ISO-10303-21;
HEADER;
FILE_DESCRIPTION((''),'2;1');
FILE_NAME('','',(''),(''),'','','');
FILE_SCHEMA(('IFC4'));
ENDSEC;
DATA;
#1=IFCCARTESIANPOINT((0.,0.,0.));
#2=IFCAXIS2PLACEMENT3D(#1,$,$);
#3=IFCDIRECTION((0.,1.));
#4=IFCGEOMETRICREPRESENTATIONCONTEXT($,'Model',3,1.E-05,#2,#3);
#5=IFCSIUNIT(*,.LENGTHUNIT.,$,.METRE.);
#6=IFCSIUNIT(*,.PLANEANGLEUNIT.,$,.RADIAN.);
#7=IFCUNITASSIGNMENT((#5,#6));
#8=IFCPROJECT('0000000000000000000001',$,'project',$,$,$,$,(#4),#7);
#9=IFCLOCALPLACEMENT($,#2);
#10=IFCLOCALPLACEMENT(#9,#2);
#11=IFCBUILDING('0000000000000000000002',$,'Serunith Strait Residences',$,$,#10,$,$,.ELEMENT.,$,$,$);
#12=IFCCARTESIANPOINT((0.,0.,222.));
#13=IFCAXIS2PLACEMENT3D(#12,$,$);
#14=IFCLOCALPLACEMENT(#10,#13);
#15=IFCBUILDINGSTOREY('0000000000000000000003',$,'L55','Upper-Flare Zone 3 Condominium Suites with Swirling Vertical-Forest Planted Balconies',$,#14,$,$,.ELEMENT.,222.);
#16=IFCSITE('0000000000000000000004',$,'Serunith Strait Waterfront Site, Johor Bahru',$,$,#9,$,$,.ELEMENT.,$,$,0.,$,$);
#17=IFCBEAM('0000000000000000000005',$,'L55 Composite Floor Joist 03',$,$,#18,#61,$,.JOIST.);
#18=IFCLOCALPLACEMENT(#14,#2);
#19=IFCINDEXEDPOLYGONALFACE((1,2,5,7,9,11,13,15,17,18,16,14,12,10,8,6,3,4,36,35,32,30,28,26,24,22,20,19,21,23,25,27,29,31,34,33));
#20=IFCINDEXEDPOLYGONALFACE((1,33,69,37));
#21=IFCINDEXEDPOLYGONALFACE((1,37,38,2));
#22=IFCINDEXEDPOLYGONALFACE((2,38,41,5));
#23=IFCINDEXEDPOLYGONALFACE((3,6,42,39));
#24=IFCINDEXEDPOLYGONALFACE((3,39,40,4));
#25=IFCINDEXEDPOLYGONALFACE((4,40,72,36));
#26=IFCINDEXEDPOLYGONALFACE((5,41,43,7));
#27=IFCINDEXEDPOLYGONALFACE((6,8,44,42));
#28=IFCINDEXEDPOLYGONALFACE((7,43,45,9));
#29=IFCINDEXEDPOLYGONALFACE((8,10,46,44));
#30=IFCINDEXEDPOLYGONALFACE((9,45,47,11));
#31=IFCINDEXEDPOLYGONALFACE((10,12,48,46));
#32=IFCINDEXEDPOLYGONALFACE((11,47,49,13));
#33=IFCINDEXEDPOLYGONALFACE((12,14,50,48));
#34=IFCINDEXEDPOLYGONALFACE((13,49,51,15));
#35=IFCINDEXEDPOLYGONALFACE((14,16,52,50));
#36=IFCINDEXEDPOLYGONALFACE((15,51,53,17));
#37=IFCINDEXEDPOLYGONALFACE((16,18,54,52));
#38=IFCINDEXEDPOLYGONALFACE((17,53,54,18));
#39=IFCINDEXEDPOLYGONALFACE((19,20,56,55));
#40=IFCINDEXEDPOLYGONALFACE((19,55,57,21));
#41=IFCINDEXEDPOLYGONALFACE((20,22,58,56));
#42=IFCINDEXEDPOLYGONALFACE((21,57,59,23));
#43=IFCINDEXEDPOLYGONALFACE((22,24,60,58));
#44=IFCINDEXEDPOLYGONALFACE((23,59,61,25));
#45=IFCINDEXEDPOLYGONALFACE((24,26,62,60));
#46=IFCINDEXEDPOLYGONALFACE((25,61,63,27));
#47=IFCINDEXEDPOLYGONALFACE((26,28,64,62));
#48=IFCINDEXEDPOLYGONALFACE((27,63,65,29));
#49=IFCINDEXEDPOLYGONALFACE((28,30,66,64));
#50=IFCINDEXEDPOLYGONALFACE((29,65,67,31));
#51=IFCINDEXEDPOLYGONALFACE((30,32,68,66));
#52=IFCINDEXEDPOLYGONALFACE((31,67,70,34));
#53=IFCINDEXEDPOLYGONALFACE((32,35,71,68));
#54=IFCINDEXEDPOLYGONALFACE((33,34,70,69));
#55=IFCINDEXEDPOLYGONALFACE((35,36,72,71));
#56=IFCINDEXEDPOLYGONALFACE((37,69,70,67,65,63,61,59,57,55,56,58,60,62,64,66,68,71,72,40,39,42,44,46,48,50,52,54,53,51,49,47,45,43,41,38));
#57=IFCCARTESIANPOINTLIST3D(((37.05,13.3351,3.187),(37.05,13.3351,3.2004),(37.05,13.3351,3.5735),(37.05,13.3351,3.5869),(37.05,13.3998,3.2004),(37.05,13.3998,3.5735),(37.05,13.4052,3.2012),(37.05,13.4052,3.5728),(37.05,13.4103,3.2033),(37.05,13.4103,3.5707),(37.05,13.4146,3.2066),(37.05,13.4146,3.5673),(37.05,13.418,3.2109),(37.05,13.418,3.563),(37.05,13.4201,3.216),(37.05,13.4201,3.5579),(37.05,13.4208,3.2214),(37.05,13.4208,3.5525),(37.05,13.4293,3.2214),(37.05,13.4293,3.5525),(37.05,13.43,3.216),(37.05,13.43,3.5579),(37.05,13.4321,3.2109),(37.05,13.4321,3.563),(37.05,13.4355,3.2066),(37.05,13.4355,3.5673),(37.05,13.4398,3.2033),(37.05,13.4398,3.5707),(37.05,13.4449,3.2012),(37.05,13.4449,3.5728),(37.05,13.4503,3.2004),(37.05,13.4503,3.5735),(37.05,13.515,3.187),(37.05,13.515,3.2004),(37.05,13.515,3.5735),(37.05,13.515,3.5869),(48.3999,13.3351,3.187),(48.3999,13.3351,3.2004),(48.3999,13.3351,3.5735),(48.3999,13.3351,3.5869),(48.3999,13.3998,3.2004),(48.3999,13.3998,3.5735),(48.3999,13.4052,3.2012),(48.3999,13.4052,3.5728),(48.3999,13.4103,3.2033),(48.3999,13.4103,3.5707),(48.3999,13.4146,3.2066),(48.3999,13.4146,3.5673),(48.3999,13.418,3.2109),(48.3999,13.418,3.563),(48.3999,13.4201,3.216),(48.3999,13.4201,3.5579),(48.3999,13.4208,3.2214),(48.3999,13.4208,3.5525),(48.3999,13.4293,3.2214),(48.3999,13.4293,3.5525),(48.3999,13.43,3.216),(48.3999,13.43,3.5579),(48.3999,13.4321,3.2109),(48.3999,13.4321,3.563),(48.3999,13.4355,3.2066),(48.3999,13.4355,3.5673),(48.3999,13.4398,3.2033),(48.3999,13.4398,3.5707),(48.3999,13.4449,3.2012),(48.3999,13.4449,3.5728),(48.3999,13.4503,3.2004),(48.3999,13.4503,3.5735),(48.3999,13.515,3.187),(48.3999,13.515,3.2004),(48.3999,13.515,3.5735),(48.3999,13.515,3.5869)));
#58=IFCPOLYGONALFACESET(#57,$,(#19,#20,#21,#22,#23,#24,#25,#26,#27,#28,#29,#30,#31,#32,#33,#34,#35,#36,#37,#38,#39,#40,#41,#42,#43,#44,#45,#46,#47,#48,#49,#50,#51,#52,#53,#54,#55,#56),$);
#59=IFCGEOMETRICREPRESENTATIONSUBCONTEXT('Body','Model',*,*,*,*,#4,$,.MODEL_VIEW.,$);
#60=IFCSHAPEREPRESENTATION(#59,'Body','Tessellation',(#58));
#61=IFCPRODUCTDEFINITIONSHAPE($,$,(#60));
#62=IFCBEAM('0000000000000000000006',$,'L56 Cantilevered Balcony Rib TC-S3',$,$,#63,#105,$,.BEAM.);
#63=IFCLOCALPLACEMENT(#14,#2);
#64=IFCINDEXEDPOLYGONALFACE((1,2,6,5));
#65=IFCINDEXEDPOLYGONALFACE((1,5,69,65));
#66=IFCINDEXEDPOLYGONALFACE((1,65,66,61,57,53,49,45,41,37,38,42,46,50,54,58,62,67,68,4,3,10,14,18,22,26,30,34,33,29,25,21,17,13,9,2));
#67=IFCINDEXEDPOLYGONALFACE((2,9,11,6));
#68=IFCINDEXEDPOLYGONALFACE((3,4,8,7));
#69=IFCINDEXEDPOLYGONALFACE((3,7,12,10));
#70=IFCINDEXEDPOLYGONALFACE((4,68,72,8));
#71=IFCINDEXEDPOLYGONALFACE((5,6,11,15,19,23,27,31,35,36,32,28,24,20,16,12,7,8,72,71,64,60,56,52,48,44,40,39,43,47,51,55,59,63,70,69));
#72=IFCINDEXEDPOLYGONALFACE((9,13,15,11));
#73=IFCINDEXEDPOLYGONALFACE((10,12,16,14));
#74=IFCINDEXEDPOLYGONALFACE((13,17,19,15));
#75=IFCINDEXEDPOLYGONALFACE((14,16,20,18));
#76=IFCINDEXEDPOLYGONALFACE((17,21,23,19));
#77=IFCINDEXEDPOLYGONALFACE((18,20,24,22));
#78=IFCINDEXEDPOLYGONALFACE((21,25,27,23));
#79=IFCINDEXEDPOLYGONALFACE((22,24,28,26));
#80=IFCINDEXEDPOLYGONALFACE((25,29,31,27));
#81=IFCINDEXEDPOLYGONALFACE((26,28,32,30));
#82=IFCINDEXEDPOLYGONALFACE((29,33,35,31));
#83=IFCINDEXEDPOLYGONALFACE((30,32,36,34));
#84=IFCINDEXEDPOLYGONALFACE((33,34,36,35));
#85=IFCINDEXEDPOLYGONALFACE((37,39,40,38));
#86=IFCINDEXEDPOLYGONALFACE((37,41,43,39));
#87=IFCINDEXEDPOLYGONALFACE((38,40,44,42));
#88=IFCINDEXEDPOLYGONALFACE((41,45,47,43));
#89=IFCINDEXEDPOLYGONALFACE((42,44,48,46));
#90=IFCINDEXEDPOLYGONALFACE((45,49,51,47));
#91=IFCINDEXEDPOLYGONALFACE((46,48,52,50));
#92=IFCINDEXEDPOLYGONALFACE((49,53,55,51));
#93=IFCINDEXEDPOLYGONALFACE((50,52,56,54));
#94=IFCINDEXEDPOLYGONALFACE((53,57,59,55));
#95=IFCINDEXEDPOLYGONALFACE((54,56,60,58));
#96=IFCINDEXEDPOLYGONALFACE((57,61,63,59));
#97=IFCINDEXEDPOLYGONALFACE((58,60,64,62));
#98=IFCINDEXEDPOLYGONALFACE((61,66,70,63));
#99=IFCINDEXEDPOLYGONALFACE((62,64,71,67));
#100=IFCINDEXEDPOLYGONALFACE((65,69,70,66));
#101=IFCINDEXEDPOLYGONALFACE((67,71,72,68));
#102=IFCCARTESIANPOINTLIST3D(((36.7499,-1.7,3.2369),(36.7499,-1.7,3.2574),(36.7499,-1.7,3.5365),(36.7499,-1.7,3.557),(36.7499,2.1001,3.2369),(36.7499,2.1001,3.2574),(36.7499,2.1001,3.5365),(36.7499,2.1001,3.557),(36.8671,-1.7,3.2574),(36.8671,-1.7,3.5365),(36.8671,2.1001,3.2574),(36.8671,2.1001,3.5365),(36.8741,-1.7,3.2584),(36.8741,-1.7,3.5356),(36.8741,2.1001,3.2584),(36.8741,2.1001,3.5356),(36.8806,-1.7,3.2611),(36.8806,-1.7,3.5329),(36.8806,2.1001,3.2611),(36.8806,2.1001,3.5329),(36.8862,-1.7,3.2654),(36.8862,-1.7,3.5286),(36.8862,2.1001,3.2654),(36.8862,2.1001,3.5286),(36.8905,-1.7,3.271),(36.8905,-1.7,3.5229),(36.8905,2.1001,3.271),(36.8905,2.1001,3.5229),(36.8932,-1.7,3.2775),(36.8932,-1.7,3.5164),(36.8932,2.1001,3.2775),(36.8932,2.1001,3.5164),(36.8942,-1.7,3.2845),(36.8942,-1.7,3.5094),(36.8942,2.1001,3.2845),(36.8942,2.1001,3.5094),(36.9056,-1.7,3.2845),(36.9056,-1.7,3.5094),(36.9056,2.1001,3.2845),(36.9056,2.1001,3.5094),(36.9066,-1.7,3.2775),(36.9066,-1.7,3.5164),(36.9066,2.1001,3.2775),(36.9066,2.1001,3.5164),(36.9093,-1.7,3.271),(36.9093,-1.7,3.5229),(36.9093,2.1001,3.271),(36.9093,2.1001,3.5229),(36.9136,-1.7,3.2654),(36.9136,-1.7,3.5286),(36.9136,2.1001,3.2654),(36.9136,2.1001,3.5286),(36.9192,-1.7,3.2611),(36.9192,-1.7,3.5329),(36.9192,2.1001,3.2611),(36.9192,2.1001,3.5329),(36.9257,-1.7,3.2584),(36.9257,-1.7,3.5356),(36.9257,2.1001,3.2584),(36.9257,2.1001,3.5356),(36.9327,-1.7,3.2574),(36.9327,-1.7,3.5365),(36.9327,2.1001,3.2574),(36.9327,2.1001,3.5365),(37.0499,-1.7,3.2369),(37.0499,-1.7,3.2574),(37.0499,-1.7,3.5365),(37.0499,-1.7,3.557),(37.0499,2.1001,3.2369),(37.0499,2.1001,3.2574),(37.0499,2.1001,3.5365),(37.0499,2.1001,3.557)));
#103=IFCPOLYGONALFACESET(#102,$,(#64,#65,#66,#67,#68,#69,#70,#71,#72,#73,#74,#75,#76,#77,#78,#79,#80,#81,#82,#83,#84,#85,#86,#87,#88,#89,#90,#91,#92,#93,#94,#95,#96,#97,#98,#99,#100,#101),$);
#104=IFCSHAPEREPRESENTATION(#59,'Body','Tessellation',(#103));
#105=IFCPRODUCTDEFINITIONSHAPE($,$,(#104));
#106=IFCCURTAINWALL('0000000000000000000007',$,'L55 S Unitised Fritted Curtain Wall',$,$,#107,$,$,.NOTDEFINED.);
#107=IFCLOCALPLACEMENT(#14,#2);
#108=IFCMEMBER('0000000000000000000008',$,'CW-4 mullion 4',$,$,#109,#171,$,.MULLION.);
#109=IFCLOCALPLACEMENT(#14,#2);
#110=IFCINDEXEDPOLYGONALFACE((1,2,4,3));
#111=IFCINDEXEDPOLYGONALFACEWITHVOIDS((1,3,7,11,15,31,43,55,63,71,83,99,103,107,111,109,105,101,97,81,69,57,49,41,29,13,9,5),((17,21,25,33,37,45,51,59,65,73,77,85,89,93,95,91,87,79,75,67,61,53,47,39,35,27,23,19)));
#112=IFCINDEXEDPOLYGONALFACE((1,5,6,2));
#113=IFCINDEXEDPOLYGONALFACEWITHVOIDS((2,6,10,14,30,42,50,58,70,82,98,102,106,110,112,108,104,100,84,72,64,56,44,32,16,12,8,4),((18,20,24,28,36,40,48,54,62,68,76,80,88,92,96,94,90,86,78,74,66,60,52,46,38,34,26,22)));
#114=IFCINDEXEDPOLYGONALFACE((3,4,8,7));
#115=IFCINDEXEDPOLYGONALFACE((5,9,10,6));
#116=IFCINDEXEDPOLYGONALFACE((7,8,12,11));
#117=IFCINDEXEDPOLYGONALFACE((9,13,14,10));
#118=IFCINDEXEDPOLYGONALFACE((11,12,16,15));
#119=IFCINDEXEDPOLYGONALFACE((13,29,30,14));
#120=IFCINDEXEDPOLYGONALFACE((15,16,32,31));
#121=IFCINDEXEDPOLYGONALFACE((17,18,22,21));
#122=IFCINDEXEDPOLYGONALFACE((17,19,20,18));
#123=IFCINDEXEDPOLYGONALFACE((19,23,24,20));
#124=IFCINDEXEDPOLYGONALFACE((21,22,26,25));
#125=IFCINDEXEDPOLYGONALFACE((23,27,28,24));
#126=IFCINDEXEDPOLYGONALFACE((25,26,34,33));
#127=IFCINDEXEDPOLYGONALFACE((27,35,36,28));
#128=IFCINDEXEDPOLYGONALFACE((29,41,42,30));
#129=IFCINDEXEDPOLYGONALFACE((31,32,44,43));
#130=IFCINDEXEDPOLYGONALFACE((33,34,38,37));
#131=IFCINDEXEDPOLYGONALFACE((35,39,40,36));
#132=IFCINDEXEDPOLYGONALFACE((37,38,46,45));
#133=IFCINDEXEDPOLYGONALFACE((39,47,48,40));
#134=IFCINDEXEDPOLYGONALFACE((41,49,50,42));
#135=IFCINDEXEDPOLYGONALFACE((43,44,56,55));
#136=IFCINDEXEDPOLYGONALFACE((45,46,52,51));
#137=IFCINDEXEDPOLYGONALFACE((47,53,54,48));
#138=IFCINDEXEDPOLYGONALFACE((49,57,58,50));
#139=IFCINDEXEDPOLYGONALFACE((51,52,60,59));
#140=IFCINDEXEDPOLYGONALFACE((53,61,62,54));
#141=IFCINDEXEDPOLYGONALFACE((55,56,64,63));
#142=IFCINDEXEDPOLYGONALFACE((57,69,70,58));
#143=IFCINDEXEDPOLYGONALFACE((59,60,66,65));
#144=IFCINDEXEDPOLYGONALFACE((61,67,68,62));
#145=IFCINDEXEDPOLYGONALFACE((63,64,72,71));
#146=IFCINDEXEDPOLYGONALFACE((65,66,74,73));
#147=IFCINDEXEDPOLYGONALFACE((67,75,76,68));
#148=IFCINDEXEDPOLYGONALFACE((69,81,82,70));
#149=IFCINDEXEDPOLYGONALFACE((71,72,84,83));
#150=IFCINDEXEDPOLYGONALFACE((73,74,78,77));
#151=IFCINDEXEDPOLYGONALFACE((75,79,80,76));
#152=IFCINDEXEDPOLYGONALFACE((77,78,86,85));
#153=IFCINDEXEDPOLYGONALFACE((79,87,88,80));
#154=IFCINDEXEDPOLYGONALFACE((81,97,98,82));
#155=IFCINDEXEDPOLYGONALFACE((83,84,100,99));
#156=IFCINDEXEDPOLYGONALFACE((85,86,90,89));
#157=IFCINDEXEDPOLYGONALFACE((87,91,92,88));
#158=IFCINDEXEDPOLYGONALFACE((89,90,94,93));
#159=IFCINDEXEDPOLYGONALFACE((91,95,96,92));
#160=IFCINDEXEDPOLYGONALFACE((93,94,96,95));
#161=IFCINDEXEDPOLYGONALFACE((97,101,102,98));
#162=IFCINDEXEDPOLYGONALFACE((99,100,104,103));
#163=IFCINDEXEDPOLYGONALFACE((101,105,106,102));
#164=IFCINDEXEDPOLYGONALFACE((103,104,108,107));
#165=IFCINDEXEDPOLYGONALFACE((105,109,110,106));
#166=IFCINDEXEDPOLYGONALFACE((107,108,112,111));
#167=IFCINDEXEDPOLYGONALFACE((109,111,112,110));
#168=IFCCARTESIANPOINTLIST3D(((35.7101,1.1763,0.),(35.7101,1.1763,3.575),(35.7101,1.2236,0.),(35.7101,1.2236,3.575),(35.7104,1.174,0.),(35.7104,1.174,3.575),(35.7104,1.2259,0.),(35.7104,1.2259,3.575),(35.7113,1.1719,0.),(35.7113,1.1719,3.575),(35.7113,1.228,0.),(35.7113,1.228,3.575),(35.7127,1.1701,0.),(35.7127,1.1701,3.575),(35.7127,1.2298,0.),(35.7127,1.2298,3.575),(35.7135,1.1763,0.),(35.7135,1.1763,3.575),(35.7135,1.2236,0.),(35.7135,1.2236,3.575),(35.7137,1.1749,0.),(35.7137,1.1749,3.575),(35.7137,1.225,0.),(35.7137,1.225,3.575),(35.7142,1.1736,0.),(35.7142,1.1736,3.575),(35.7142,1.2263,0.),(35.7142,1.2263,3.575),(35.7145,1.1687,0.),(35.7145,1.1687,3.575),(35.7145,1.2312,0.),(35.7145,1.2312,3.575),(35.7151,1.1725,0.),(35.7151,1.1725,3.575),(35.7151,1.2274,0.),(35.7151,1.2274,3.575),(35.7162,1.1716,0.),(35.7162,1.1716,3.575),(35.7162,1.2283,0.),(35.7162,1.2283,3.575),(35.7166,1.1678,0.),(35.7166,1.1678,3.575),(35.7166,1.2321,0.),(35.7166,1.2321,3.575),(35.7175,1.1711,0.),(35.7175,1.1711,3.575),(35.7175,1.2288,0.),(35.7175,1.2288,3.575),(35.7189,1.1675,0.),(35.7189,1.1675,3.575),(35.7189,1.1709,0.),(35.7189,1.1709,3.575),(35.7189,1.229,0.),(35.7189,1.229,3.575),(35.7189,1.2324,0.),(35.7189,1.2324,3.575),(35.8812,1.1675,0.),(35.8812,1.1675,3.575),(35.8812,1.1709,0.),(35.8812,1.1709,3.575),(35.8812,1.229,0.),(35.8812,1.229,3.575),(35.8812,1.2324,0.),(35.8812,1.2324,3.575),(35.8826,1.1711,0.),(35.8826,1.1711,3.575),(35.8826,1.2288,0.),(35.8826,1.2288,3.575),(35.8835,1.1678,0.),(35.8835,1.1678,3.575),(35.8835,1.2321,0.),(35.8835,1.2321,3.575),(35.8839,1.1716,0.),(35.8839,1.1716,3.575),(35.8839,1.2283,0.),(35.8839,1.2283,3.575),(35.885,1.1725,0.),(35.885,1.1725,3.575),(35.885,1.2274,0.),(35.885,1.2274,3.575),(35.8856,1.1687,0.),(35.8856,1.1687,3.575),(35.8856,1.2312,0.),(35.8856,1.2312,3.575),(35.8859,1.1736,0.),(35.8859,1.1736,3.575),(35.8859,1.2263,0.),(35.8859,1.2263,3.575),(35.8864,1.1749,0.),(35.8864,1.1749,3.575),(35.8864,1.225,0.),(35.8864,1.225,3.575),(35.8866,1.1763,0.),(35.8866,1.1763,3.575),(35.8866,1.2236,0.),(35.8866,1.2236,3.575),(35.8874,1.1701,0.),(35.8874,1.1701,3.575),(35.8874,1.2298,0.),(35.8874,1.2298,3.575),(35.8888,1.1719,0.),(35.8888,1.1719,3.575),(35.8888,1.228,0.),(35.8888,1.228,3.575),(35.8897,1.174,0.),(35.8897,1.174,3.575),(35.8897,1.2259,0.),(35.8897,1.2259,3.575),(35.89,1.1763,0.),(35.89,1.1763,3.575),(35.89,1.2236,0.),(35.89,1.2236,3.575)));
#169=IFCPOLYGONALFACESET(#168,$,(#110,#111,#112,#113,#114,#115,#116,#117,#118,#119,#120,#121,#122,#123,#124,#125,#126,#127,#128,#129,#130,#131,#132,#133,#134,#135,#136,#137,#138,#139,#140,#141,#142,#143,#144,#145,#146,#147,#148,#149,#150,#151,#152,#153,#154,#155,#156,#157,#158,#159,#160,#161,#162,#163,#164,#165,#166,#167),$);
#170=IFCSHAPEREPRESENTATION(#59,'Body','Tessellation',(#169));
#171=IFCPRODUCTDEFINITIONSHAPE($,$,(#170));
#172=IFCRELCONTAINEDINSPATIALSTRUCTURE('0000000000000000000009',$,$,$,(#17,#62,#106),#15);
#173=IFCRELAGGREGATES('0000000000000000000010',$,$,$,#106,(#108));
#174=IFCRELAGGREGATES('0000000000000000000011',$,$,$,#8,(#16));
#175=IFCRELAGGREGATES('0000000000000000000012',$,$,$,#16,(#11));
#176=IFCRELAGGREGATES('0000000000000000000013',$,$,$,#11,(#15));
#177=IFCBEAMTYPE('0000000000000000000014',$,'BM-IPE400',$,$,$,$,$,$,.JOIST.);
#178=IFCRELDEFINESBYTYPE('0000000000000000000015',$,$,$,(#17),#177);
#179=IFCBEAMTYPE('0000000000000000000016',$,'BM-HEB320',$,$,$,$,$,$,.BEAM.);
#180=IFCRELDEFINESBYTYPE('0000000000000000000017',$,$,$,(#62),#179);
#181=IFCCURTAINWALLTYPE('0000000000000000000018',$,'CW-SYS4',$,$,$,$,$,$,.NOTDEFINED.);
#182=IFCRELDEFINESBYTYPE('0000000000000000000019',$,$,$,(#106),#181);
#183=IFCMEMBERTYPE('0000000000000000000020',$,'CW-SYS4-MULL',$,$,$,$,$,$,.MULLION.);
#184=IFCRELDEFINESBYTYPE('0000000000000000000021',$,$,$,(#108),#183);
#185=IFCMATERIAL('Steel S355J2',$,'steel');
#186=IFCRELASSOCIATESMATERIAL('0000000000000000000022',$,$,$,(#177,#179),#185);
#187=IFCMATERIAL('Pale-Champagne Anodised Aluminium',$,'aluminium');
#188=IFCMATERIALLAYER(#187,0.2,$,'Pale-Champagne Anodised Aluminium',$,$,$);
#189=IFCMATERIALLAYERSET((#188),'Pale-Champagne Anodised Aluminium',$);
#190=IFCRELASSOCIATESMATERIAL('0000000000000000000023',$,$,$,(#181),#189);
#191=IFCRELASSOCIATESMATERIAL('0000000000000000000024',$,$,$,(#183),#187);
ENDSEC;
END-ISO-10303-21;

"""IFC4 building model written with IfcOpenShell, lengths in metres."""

from ifc_helpers import new_model, si_unit, direction, frame, origin, origin_2d, place, context, subcontext, project, spatial, hollow_rectangle, i_section, extrude, source, transform, mapped, material, layer, layer_set, material_profile, profile_set, type_object, element, aggregate, save


model = new_model("IFC4")

# Units and contexts
model_context = context("Model", 3, precision=1e-05, world=origin(), true_north=direction((0.0, 1.0)))
body_context = subcontext(model_context, "Body", "Model", "MODEL_VIEW")
ifc_project = project(units=[si_unit("LENGTHUNIT", "METRE"), si_unit("PLANEANGLEUNIT", "RADIAN")], contexts=[model_context])

# Site, building, storey
site_placement = place(None, origin())
site = spatial("IfcSite", under=ifc_project, at=site_placement, Name="Serunith Strait Waterfront Site, Johor Bahru", CompositionType="ELEMENT", RefElevation=0.0)
building_placement = place(site_placement, origin())
building = spatial("IfcBuilding", under=site, at=building_placement, Name="Serunith Strait Residences", CompositionType="ELEMENT")
storey_placement = place(building_placement, frame((0.0, 0.0, 222.0)))
storey = spatial("IfcBuildingStorey", under=building, at=storey_placement, Name="L55", Description="Upper-Flare Zone 3 Condominium Suites with Swirling Vertical-Forest Planted Balconies", CompositionType="ELEMENT", Elevation=222.0)

# Beams
ifc_material_1 = material(Name="Steel S355J2", Category="steel")
ifc_material_profile_1 = material_profile(ifc_material_1, i_section(OverallWidth=0.1799, OverallDepth=0.3999, WebThickness=0.0085, FlangeThickness=0.0134, FilletRadius=0.021, at=origin_2d()), Name="IPE 400")
ifc_profile_set_1 = profile_set([ifc_material_profile_1], Name="Steel S355J2")
beam_type_1 = type_object("IfcBeamType", Name="BM-IPE400", PredefinedType="JOIST", material=ifc_profile_set_1)
shared_shape_1 = source(origin(), body_context, "Body", "SweptSolid", [
    extrude(i_section(OverallWidth=0.1799, OverallDepth=0.3999, WebThickness=0.0085, FlangeThickness=0.0134, FilletRadius=0.021, at=origin_2d()), origin(), (0.0, 0.0, 1.0), 11.3499),
])
beam_1_placement = place(storey_placement, frame((37.05, 13.425, 3.387), z_axis=(1.0, 0.0, 0.0), x_axis=(0.0, 1.0, 0.0)))
element("IfcBeam", 1, at=beam_1_placement, inside=storey, type_object=beam_type_1, Name="L55 Composite Floor Joist 03", PredefinedType="JOIST", context=body_context, shape_type="MappedRepresentation", body=[
    mapped(shared_shape_1, transform((0.0, 0.0, 0.0), scale=1.0)),
])
ifc_material_profile_2 = material_profile(ifc_material_1, i_section(OverallWidth=0.3, OverallDepth=0.3201, WebThickness=0.0115, FlangeThickness=0.0205, FilletRadius=0.0271, at=origin_2d()), Name="HEB 320")
ifc_profile_set_2 = profile_set([ifc_material_profile_2], Name="Steel S355J2")
beam_type_2 = type_object("IfcBeamType", Name="BM-HEB320", PredefinedType="BEAM", material=ifc_profile_set_2)
shared_shape_2 = source(origin(), body_context, "Body", "SweptSolid", [
    extrude(i_section(OverallWidth=0.3, OverallDepth=0.3201, WebThickness=0.0115, FlangeThickness=0.0205, FilletRadius=0.0271, at=origin_2d()), origin(), (0.0, 0.0, 1.0), 3.8),
])
beam_2_placement = place(storey_placement, frame((36.8999, 2.1001, 3.397), z_axis=(0.0, -1.0, 0.0), x_axis=(1.0, 0.0, 0.0)))
element("IfcBeam", 2, at=beam_2_placement, inside=storey, type_object=beam_type_2, Name="L56 Cantilevered Balcony Rib TC-S3", PredefinedType="BEAM", context=body_context, shape_type="MappedRepresentation", body=[
    mapped(shared_shape_2, transform((0.0, 0.0, 0.0), scale=1.0)),
])

# Curtain wall, member
ifc_material_2 = material(Name="Pale-Champagne Anodised Aluminium", Category="aluminium")
ifc_layer_1 = layer(ifc_material_2, 0.2, Name="Pale-Champagne Anodised Aluminium")
ifc_layer_set_1 = layer_set([ifc_layer_1], Name="Pale-Champagne Anodised Aluminium")
curtain_wall_type = type_object("IfcCurtainWallType", Name="CW-SYS4", PredefinedType="NOTDEFINED", material=ifc_layer_set_1)
curtain_wall_placement = place(storey_placement, origin())
curtain_wall = element("IfcCurtainWall", 3, at=curtain_wall_placement, inside=storey, type_object=curtain_wall_type, Name="L55 S Unitised Fritted Curtain Wall", PredefinedType="NOTDEFINED")
ifc_material_profile_3 = material_profile(ifc_material_2, hollow_rectangle(XDim=0.0649, YDim=0.1799, WallThickness=0.0034, InnerFilletRadius=0.0054, OuterFilletRadius=0.0088, at=origin_2d()), Name="ALU 180x65x3.5")
ifc_profile_set_3 = profile_set([ifc_material_profile_3], Name="Pale-Champagne Anodised Aluminium")
member_type_1 = type_object("IfcMemberType", Name="CW-SYS4-MULL", PredefinedType="MULLION", material=ifc_profile_set_3)
shared_shape_3 = source(origin(), body_context, "Body", "SweptSolid", [
    extrude(hollow_rectangle(XDim=0.0649, YDim=0.1799, WallThickness=0.0034, InnerFilletRadius=0.0054, OuterFilletRadius=0.0088, at=origin_2d()), origin(), (0.0, 0.0, 1.0), 3.575),
])
member_1_placement = place(storey_placement, frame((35.8, 1.2, 0.0), z_axis=(0.0, 0.0, 1.0), x_axis=(0.0, 1.0, 0.0)))
member_1 = element("IfcMember", 4, at=member_1_placement, type_object=member_type_1, Name="CW-4 mullion 4", PredefinedType="MULLION", context=body_context, shape_type="MappedRepresentation", body=[
    mapped(shared_shape_3, transform((0.0, 0.0, 0.0), scale=1.0)),
])
aggregate(curtain_wall, [member_1])

save(model, "model.ifc")
